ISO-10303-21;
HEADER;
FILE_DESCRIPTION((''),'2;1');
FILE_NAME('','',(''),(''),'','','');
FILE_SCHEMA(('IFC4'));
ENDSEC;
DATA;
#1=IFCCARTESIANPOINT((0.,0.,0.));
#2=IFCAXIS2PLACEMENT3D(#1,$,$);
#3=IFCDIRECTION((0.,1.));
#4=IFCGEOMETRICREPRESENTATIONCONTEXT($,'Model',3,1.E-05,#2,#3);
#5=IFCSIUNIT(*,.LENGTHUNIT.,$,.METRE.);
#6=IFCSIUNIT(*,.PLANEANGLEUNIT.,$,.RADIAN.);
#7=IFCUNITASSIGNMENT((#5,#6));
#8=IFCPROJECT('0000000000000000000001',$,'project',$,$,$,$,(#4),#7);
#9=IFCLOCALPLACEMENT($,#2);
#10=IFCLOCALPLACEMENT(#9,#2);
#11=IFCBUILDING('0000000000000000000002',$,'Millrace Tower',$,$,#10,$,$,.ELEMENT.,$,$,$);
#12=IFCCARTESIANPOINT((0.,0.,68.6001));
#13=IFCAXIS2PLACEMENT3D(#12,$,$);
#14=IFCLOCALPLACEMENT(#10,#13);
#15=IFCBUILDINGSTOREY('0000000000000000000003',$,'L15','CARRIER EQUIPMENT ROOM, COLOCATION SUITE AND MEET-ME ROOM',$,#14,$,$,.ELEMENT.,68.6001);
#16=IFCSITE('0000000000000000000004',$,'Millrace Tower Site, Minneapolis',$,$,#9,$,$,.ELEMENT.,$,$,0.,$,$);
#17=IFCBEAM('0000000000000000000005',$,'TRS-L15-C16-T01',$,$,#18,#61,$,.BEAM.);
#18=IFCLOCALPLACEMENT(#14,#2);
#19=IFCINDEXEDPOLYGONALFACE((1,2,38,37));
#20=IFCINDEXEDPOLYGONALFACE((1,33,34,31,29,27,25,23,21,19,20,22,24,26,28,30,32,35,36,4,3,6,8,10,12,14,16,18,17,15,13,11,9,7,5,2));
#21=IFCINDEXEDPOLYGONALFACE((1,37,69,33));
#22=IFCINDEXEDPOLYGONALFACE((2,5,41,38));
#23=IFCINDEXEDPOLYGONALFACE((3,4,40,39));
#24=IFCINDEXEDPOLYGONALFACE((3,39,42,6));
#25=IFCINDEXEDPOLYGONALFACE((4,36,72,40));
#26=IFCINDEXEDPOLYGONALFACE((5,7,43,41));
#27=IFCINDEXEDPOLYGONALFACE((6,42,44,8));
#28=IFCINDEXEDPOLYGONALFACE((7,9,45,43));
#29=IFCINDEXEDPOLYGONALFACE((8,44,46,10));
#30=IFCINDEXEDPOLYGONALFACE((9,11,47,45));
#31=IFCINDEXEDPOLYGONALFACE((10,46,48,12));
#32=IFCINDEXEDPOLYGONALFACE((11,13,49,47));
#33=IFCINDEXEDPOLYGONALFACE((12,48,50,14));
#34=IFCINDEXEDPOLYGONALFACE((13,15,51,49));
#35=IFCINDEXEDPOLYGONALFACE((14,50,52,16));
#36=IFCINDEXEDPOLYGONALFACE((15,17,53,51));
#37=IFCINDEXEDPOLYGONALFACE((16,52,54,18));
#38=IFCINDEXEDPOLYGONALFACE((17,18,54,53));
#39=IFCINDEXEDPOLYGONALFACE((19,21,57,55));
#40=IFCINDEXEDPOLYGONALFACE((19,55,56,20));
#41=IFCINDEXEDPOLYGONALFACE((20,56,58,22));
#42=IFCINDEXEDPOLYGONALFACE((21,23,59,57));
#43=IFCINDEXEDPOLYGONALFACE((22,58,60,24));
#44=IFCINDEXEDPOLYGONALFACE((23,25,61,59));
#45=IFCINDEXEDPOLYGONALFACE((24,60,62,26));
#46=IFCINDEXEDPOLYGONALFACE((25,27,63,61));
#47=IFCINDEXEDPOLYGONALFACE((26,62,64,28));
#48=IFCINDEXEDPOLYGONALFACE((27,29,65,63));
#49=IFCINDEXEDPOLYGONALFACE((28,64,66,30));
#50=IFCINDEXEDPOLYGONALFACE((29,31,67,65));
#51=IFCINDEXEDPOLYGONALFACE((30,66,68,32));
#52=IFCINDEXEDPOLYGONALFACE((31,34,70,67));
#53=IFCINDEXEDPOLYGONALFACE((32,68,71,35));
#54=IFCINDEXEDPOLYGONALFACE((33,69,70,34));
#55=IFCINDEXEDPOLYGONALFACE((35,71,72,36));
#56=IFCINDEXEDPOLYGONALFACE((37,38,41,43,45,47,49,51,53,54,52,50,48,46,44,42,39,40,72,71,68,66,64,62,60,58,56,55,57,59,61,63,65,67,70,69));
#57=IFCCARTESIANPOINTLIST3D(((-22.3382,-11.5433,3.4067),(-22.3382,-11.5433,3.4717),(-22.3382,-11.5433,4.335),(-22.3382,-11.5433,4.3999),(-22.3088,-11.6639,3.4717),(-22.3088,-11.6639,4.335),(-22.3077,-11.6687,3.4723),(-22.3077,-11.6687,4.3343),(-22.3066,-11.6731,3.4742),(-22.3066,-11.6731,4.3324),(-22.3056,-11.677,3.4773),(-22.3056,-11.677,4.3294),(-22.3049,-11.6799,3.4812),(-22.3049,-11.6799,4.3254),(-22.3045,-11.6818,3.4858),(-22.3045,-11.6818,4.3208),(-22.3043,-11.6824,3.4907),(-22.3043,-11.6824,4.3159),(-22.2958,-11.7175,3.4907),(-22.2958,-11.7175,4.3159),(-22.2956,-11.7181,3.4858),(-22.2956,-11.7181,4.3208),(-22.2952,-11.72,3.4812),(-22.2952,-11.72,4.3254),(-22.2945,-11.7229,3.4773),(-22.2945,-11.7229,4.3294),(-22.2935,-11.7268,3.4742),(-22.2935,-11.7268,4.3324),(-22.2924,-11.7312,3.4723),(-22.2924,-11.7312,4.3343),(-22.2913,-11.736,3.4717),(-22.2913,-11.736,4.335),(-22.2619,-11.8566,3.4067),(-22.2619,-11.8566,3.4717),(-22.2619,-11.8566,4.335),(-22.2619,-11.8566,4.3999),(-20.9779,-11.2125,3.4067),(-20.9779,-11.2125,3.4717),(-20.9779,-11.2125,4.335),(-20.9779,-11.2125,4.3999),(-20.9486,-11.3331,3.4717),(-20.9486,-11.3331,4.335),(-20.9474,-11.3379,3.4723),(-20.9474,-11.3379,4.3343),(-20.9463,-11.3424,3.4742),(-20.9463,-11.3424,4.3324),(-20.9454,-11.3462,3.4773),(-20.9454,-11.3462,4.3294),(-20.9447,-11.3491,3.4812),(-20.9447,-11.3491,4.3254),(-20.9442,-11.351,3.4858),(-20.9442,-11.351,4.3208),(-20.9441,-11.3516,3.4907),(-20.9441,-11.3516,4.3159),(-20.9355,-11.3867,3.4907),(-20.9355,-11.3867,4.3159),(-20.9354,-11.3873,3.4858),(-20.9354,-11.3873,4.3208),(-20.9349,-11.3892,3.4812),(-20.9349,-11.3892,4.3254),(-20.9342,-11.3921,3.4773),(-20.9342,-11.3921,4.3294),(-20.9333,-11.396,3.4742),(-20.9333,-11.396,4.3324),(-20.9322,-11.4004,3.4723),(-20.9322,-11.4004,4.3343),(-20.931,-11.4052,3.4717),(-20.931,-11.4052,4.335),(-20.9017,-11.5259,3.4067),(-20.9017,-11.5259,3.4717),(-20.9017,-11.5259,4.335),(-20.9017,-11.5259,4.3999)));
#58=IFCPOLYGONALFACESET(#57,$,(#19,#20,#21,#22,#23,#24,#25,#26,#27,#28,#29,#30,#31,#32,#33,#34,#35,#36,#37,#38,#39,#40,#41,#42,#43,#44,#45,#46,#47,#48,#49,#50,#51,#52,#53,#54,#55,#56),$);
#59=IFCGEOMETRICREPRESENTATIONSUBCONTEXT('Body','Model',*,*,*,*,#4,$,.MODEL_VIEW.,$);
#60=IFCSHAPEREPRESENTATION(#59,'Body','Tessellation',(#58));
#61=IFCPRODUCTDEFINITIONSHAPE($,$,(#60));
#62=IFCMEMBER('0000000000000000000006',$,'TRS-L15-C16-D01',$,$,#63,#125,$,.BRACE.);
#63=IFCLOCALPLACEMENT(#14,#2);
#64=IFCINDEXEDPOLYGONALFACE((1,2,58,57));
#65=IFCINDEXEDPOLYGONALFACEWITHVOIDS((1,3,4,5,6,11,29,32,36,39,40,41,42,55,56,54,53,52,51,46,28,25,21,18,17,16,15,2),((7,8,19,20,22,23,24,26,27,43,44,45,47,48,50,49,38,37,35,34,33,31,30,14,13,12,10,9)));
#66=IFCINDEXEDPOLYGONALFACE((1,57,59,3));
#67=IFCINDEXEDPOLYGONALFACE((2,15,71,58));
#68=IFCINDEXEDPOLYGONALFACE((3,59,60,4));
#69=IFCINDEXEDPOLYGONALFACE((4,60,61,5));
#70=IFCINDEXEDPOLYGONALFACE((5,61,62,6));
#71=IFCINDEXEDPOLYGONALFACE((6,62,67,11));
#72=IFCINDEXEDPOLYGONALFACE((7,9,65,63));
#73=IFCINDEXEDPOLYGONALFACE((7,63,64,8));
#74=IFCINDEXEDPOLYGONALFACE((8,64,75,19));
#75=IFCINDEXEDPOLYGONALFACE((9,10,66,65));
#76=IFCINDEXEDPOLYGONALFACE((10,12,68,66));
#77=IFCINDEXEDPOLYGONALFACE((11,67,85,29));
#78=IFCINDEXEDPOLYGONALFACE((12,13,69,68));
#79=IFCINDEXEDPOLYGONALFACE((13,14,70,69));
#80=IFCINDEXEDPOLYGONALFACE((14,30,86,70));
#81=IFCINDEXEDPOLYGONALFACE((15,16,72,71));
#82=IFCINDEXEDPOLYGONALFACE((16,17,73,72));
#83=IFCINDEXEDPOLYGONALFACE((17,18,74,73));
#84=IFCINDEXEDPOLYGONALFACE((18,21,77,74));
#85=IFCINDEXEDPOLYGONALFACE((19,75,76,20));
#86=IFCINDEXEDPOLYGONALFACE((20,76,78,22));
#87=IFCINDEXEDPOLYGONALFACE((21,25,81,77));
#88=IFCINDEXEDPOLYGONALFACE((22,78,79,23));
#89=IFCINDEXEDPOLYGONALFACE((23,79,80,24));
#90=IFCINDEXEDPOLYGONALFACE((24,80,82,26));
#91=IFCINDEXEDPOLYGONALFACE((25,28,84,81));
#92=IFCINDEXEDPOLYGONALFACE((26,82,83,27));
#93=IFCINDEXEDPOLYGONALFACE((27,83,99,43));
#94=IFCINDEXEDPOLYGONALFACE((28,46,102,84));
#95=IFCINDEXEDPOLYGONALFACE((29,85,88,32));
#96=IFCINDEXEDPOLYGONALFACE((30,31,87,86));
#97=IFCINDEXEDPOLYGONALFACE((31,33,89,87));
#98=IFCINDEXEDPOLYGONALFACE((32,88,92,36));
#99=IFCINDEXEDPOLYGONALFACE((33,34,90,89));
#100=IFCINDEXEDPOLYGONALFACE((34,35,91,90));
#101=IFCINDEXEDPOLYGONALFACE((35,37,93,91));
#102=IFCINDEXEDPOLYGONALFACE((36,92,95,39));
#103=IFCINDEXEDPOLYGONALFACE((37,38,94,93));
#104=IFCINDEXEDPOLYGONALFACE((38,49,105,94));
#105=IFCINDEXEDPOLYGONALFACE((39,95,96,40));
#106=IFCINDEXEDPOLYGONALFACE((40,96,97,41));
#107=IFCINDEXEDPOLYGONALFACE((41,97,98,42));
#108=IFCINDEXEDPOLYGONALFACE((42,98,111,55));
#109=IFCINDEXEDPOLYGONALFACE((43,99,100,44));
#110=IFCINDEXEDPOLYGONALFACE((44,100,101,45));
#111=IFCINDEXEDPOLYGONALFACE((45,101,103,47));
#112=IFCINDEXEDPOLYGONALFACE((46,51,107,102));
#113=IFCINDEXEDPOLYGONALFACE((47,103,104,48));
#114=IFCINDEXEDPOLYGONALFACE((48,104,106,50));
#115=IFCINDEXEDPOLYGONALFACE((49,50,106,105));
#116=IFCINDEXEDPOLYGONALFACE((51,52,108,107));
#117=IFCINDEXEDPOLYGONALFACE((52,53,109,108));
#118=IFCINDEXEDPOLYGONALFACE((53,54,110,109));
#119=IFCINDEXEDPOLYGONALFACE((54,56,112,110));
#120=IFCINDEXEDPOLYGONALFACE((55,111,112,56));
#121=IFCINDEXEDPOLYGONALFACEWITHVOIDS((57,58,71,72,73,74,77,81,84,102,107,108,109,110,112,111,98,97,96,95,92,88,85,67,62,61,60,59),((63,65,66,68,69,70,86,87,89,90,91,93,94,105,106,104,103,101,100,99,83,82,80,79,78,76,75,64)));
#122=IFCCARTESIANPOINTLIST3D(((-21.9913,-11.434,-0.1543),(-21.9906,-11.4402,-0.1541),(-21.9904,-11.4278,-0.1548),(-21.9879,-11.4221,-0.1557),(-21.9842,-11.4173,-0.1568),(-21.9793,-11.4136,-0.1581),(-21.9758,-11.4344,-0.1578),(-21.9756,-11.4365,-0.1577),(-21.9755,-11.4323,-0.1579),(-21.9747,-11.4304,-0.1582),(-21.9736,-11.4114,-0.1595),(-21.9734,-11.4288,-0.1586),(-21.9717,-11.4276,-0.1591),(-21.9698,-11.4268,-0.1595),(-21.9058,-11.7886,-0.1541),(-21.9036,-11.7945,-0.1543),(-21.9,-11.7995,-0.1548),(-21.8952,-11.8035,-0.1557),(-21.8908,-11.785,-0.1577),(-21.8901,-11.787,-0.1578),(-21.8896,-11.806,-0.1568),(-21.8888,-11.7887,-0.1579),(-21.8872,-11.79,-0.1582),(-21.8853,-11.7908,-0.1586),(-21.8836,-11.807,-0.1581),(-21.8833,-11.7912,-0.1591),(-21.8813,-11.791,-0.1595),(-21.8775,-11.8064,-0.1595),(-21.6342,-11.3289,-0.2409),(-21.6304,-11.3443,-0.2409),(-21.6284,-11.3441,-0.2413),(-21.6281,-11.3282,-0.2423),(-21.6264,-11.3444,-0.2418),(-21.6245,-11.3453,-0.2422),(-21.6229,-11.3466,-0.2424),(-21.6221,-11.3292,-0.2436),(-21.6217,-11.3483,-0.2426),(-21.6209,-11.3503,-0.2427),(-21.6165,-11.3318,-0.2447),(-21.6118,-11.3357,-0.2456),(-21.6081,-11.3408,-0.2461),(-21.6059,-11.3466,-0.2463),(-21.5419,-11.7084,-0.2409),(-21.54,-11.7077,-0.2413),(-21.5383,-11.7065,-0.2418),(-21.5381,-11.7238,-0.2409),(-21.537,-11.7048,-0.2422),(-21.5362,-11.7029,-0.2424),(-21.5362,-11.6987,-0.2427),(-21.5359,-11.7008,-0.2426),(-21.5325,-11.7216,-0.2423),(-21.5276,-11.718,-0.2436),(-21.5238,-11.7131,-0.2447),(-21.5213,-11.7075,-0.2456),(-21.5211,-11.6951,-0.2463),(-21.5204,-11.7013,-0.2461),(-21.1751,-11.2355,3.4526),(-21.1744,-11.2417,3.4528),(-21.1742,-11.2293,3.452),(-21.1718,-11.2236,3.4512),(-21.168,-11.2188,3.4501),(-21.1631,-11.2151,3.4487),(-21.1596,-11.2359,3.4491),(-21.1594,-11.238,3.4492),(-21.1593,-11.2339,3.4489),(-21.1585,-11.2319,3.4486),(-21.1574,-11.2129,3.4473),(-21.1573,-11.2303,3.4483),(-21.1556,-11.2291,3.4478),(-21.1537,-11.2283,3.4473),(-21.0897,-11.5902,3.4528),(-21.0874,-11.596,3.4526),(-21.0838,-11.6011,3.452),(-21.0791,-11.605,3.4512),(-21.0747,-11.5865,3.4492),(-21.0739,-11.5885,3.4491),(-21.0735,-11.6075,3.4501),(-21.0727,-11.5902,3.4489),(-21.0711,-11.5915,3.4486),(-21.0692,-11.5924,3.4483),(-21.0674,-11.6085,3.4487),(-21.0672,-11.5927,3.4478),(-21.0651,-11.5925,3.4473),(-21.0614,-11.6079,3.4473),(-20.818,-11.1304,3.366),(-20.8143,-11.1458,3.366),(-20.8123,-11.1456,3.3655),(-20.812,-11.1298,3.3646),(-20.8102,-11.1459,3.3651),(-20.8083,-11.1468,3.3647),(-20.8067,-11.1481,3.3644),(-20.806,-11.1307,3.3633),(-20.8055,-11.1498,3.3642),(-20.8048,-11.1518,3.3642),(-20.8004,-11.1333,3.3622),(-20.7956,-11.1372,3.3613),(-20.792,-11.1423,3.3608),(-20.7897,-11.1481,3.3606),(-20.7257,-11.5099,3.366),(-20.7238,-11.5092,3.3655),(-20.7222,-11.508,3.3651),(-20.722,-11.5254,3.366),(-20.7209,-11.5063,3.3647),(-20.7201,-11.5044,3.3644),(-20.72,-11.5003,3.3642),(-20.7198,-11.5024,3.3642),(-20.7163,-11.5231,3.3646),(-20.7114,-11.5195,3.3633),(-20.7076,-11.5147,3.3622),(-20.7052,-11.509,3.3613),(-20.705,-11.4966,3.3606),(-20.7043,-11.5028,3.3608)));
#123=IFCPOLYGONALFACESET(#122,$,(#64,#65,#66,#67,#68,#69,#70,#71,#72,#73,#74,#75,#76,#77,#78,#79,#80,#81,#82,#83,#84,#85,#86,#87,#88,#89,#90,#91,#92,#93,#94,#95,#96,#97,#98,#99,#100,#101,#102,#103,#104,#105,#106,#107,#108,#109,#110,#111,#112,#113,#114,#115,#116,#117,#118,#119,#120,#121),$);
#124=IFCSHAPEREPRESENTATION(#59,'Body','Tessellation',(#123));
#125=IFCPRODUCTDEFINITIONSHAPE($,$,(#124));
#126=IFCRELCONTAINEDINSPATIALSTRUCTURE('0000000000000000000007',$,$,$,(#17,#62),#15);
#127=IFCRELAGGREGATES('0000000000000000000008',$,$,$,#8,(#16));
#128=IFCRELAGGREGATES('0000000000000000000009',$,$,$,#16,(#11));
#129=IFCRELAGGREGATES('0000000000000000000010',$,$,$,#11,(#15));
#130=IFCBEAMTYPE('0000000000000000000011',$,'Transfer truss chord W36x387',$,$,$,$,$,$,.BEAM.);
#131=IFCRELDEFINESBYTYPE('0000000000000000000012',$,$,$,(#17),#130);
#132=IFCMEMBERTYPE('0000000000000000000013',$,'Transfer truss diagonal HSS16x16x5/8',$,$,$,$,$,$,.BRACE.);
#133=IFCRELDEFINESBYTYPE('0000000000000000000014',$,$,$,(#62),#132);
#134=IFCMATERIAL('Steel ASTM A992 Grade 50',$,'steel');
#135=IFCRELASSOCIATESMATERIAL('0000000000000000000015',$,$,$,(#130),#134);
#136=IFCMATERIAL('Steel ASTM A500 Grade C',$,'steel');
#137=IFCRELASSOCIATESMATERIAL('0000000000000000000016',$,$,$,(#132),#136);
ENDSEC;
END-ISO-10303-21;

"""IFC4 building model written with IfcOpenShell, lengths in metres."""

from ifc_helpers import new_model, si_unit, direction, frame, origin, origin_2d, place, context, subcontext, project, spatial, hollow_rectangle, i_section, extrude, material, material_profile, profile_set, type_object, element, save


model = new_model("IFC4")

# Units and contexts
model_context = context("Model", 3, precision=1e-05, world=origin(), true_north=direction((0.0, 1.0)))
body_context = subcontext(model_context, "Body", "Model", "MODEL_VIEW")
ifc_project = project(units=[si_unit("LENGTHUNIT", "METRE"), si_unit("PLANEANGLEUNIT", "RADIAN")], contexts=[model_context])

# Site, building, storey
site_placement = place(None, origin())
site = spatial("IfcSite", under=ifc_project, at=site_placement, Name="Millrace Tower Site, Minneapolis", CompositionType="ELEMENT", RefElevation=0.0)
building_placement = place(site_placement, origin())
building = spatial("IfcBuilding", under=site, at=building_placement, Name="Millrace Tower", CompositionType="ELEMENT")
storey_placement = place(building_placement, frame((0.0, 0.0, 68.6001)))
storey = spatial("IfcBuildingStorey", under=building, at=storey_placement, Name="L15", Description="CARRIER EQUIPMENT ROOM, COLOCATION SUITE AND MEET-ME ROOM", CompositionType="ELEMENT", Elevation=68.6001)

# Beam
ifc_material_1 = material(Name="Steel ASTM A992 Grade 50", Category="steel")
ifc_material_profile_1 = material_profile(ifc_material_1, i_section(OverallWidth=0.3225, OverallDepth=0.9932, WebThickness=0.0361, FlangeThickness=0.0649, FilletRadius=0.019, at=origin_2d()))
ifc_profile_set_1 = profile_set([ifc_material_profile_1], Name="Steel ASTM A992 Grade 50")
beam_type_1 = type_object("IfcBeamType", Name="Transfer truss chord W36x387", PredefinedType="BEAM", material=ifc_profile_set_1)
for number, where, z_axis, x_axis, name in (
    (1, (-22.3, -11.7, 3.9033), (0.971682, 0.236294, 0.0), (-0.236294, 0.971682, 0.0), "TRS-L15-C16-T01"),
):
    element("IfcBeam", number, at=place(storey_placement, frame(where, z_axis=z_axis, x_axis=x_axis)), inside=storey, type_object=beam_type_1, Name=name, PredefinedType="BEAM", context=body_context, shape_type="SweptSolid", body=[
        extrude(i_section(OverallWidth=0.3225, OverallDepth=0.9932, WebThickness=0.0361, FlangeThickness=0.0649, FilletRadius=0.019, at=origin_2d()), origin(), (0.0, 0.0, 1.0), 1.3999),
    ])

# Member
ifc_material_2 = material(Name="Steel ASTM A500 Grade C", Category="steel")
ifc_material_profile_2 = material_profile(ifc_material_2, hollow_rectangle(XDim=0.4065, YDim=0.4065, WallThickness=0.0159, InnerFilletRadius=0.0081, OuterFilletRadius=0.0239, at=origin_2d()))
ifc_profile_set_2 = profile_set([ifc_material_profile_2], Name="Steel ASTM A500 Grade C")
member_type_1 = type_object("IfcMemberType", Name="Transfer truss diagonal HSS16x16x5/8", PredefinedType="BRACE", material=ifc_profile_set_2)
member_1_placement = place(storey_placement, frame((-21.7559, -11.5676, -0.2002), z_axis=(0.220379, 0.053595, 0.973941), x_axis=(-0.236307, 0.971678, 0.0)))
element("IfcMember", 2, at=member_1_placement, inside=storey, type_object=member_type_1, Name="TRS-L15-C16-D01", PredefinedType="BRACE", context=body_context, shape_type="SweptSolid", body=[
    extrude(hollow_rectangle(XDim=0.4065, YDim=0.4065, WallThickness=0.0159, InnerFilletRadius=0.0081, OuterFilletRadius=0.0239, at=origin_2d()), origin(), (0.0, 0.0, 1.0), 3.7034),
])

save(model, "model.ifc")
